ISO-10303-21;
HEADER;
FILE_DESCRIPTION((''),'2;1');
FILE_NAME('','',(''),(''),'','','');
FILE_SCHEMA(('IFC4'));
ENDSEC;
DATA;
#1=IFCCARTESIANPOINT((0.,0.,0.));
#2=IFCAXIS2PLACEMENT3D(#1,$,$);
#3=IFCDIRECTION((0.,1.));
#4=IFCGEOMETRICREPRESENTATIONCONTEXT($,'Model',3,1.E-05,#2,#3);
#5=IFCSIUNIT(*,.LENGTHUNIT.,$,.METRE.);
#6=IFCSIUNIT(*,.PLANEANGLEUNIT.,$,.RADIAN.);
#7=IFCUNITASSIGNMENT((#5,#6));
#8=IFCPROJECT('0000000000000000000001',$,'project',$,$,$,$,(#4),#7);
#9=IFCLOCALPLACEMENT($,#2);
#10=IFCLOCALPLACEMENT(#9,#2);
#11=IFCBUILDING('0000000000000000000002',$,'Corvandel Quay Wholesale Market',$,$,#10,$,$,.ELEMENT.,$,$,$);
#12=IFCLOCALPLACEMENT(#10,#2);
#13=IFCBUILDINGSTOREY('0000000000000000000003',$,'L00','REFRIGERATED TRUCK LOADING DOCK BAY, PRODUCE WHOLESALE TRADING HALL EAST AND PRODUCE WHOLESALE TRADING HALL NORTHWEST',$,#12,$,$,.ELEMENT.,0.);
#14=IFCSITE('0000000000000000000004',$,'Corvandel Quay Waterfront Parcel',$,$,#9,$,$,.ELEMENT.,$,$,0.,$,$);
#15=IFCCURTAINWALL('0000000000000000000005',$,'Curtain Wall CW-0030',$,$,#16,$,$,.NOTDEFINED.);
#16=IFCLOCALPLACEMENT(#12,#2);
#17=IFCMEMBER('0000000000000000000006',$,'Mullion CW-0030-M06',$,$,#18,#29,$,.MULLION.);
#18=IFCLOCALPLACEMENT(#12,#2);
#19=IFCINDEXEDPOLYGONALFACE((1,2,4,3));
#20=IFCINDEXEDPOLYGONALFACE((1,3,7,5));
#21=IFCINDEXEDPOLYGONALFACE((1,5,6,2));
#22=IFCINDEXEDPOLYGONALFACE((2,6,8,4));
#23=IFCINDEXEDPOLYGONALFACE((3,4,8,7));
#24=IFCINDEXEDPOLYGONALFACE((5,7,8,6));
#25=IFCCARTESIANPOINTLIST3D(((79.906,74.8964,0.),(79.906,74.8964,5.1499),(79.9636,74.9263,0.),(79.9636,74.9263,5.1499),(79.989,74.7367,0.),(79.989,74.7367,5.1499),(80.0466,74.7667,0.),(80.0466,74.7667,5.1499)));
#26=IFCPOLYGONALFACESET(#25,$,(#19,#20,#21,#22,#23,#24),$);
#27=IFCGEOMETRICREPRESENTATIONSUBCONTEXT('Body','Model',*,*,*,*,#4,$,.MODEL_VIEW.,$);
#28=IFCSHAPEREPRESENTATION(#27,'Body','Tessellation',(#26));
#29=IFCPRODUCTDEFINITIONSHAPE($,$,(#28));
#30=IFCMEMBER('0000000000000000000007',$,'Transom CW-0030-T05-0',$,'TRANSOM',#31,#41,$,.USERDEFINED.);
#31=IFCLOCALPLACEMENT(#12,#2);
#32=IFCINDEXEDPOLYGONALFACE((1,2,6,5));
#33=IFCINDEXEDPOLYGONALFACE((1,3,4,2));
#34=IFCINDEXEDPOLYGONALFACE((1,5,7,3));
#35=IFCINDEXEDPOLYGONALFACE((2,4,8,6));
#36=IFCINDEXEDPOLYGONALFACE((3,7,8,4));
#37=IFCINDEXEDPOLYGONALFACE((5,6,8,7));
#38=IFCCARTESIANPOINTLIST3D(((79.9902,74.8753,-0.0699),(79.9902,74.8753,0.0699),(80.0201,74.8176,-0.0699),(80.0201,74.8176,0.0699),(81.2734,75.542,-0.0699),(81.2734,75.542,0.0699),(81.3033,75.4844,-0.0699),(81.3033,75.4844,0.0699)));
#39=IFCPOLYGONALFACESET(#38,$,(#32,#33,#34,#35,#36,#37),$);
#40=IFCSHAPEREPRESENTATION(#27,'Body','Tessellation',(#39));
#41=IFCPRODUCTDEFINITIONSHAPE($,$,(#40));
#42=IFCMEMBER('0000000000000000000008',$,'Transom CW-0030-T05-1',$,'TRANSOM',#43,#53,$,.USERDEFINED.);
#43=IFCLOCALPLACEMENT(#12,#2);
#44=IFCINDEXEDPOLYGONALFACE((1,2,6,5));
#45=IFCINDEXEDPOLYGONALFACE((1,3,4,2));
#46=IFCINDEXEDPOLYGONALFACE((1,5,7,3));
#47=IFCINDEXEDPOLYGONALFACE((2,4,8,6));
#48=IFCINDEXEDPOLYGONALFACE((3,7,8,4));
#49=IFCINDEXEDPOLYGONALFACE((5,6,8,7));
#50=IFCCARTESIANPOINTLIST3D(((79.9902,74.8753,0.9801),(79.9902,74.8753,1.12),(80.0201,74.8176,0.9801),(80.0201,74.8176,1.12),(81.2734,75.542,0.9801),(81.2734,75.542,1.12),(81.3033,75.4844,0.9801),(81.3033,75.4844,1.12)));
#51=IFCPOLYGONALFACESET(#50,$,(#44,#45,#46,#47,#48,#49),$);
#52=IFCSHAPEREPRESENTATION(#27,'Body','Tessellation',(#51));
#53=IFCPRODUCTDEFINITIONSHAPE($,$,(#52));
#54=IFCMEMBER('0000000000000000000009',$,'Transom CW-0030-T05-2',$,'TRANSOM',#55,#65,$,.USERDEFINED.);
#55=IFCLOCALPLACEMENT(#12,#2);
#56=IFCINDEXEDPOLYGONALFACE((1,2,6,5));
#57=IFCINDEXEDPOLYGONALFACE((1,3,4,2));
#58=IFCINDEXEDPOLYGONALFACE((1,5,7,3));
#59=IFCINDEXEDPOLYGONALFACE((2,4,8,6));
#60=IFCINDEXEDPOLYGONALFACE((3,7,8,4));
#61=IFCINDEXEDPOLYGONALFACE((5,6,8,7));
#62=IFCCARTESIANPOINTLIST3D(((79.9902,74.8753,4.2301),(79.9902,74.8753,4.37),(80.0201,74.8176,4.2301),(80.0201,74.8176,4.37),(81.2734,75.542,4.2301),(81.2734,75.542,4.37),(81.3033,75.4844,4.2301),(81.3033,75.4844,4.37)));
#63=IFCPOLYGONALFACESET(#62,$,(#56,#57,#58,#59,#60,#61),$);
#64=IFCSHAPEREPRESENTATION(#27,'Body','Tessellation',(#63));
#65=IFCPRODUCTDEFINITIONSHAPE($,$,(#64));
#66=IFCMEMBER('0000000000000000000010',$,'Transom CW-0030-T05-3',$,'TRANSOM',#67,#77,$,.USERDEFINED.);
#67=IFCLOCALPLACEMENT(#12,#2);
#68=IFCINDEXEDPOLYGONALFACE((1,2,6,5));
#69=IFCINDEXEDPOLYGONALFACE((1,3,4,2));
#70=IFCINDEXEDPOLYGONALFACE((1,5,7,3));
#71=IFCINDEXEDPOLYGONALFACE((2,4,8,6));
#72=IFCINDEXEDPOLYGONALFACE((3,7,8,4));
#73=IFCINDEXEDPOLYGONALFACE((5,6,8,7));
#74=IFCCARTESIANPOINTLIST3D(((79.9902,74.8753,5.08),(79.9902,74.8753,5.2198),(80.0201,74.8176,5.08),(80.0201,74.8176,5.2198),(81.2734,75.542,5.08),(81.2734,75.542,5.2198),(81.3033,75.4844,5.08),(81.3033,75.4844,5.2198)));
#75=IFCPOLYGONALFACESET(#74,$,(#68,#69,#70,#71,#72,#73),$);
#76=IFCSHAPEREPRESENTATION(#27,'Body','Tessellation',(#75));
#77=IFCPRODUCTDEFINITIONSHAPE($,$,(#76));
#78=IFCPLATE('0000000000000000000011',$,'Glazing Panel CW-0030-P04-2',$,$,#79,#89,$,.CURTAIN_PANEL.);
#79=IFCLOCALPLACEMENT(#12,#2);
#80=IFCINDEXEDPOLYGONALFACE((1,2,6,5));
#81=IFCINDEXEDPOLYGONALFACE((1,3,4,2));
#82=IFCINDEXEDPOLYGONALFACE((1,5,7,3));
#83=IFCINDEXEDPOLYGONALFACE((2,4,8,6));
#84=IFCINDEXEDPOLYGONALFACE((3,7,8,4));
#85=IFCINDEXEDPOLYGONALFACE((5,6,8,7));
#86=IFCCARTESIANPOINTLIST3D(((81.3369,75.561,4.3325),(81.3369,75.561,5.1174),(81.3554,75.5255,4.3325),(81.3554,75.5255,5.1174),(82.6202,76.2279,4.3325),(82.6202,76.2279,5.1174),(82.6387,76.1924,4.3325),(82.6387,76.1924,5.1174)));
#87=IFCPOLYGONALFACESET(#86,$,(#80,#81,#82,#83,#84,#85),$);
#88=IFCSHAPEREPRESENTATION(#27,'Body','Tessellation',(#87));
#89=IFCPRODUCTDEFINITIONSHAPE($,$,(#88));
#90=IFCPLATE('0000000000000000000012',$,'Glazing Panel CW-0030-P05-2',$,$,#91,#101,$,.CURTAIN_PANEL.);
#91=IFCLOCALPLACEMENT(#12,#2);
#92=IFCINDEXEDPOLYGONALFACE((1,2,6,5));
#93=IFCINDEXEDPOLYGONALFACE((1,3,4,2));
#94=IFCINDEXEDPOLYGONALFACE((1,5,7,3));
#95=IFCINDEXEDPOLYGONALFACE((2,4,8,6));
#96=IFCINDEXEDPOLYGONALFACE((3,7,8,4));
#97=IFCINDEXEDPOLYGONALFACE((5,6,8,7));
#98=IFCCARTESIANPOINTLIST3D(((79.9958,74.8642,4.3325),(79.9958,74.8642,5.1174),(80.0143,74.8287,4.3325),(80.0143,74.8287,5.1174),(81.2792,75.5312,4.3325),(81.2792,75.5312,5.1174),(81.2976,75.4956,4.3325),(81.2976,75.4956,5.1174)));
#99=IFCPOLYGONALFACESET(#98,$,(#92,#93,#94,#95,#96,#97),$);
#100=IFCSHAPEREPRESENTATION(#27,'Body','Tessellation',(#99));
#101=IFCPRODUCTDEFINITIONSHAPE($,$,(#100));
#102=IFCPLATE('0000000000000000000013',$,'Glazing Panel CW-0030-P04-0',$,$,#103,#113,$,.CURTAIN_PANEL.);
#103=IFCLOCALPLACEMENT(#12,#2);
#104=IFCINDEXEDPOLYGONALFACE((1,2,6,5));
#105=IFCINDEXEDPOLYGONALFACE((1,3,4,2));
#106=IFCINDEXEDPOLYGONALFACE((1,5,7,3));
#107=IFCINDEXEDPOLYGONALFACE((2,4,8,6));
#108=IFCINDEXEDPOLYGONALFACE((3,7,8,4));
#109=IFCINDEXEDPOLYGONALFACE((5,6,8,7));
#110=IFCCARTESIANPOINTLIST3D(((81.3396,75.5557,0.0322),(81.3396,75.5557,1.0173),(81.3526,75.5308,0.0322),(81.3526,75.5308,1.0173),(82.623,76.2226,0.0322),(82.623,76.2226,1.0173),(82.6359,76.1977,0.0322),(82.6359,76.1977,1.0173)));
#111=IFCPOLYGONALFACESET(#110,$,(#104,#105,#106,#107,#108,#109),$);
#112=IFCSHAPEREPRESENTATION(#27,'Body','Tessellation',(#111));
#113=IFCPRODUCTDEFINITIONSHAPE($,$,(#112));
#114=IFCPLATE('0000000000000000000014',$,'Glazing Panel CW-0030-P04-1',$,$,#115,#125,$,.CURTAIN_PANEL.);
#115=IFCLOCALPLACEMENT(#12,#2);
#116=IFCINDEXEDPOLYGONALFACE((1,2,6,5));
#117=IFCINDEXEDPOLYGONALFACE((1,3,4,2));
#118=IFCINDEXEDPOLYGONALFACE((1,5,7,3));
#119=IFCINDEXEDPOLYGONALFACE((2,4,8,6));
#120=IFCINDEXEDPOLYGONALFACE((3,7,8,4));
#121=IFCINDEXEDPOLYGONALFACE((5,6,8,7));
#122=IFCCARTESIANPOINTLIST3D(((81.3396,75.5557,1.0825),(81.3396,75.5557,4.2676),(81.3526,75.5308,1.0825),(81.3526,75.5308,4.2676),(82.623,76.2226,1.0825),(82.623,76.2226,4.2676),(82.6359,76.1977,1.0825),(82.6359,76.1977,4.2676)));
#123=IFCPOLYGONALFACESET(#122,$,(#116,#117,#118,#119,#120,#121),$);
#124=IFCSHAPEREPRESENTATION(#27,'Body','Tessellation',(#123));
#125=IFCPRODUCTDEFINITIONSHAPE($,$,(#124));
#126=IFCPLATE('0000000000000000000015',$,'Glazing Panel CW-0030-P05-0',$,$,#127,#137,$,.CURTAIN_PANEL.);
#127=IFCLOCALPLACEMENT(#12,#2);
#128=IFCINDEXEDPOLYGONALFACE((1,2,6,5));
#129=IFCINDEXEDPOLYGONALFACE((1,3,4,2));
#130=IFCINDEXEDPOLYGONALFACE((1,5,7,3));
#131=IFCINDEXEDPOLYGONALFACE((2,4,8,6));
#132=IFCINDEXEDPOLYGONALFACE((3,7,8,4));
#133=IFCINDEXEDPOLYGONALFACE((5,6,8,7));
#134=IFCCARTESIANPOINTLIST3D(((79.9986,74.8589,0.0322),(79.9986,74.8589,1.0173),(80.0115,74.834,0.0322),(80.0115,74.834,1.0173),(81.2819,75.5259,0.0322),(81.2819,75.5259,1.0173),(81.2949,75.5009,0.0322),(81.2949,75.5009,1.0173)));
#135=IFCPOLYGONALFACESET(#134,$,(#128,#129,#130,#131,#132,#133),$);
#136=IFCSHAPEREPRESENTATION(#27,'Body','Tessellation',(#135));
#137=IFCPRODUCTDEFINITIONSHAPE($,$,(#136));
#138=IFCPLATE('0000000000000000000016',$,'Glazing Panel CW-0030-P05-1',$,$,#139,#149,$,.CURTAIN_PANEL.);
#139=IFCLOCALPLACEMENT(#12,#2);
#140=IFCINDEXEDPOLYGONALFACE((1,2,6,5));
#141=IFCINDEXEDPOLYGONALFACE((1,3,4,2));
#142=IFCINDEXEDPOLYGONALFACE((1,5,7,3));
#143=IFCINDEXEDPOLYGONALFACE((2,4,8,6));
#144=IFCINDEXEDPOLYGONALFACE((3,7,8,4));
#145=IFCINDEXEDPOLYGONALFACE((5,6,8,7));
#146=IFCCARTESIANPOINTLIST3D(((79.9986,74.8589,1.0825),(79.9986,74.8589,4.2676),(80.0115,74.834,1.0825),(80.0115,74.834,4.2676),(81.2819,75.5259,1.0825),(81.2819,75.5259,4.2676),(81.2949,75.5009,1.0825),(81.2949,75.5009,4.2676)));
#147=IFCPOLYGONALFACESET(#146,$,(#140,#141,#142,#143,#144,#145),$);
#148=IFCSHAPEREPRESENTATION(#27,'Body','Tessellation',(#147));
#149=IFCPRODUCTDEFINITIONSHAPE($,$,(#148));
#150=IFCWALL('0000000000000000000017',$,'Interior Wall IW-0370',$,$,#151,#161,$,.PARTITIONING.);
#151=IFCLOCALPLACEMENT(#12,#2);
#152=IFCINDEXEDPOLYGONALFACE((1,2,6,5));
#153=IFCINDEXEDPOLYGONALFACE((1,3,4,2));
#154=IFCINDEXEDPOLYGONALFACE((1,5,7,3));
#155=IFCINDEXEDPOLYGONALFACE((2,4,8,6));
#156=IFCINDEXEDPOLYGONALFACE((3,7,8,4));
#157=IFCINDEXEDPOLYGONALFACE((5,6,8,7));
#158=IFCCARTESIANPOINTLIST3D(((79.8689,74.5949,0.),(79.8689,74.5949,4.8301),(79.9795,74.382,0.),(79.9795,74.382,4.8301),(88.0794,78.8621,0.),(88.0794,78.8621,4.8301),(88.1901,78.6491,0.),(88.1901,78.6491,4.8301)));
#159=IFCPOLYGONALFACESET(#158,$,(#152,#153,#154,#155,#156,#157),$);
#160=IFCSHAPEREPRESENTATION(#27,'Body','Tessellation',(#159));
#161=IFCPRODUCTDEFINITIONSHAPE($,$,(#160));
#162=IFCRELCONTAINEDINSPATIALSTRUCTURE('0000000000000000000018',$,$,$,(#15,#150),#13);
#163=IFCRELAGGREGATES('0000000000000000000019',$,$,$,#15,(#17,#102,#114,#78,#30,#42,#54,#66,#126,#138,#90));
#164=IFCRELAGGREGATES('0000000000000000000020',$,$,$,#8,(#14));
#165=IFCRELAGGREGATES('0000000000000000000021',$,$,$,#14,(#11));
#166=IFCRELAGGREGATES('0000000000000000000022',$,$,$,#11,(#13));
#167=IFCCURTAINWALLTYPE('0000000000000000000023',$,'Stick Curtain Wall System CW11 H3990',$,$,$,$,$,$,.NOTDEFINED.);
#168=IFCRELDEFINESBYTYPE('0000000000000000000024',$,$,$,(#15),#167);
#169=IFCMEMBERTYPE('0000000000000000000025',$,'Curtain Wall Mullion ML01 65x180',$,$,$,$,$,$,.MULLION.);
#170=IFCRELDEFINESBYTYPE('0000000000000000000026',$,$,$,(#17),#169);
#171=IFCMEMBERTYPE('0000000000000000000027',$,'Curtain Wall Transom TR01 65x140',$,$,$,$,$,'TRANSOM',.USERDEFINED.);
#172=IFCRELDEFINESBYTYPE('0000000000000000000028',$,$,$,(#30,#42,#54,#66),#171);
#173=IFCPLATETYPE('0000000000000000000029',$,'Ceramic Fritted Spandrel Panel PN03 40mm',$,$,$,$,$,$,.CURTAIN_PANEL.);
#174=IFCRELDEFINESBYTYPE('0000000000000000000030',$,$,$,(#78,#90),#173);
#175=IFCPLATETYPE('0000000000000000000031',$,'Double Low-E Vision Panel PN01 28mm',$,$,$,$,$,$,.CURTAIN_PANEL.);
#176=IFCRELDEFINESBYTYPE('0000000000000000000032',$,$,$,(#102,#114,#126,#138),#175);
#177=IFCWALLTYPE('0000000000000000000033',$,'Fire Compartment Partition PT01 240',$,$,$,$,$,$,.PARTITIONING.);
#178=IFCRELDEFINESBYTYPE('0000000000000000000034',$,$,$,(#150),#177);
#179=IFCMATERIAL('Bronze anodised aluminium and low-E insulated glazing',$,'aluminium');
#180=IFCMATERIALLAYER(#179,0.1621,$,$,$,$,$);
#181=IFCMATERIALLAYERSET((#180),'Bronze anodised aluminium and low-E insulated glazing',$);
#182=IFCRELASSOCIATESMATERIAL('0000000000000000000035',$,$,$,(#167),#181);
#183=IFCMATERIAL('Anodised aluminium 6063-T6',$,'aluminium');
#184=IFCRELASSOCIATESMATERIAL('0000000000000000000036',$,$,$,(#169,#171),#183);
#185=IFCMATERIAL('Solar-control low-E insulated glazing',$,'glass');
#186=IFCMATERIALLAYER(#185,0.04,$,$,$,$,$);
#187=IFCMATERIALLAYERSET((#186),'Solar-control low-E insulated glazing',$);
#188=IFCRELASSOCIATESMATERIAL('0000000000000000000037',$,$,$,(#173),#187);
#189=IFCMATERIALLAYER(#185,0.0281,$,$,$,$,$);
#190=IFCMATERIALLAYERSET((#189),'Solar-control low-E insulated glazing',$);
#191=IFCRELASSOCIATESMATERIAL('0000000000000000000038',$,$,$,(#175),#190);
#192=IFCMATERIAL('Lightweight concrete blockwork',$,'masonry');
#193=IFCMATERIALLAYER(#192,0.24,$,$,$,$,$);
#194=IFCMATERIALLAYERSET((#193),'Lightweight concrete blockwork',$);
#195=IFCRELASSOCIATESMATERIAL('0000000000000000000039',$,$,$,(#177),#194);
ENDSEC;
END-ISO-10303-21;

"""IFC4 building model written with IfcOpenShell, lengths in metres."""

from ifc_helpers import new_model, si_unit, direction, frame, frame_2d, origin, origin_2d, place, context, subcontext, project, spatial, rectangle, extrude, material, layer, layer_set, material_profile, profile_set, type_object, element, aggregate, save


model = new_model("IFC4")

# Units and contexts
model_context = context("Model", 3, precision=1e-05, world=origin(), true_north=direction((0.0, 1.0)))
body_context = subcontext(model_context, "Body", "Model", "MODEL_VIEW")
ifc_project = project(units=[si_unit("LENGTHUNIT", "METRE"), si_unit("PLANEANGLEUNIT", "RADIAN")], contexts=[model_context])

# Site, building, storey
site_placement = place(None, origin())
site = spatial("IfcSite", under=ifc_project, at=site_placement, Name="Corvandel Quay Waterfront Parcel", CompositionType="ELEMENT", RefElevation=0.0)
building_placement = place(site_placement, origin())
building = spatial("IfcBuilding", under=site, at=building_placement, Name="Corvandel Quay Wholesale Market", CompositionType="ELEMENT")
storey_placement = place(building_placement, origin())
storey = spatial("IfcBuildingStorey", under=building, at=storey_placement, Name="L00", Description="REFRIGERATED TRUCK LOADING DOCK BAY, PRODUCE WHOLESALE TRADING HALL EAST AND PRODUCE WHOLESALE TRADING HALL NORTHWEST", CompositionType="ELEMENT", Elevation=0.0)

# Curtain wall, members, plates
ifc_material_1 = material(Name="Bronze anodised aluminium and low-E insulated glazing", Category="aluminium")
ifc_layer_1 = layer(ifc_material_1, 0.1621)
ifc_layer_set_1 = layer_set([ifc_layer_1], Name="Bronze anodised aluminium and low-E insulated glazing")
curtain_wall_type = type_object("IfcCurtainWallType", Name="Stick Curtain Wall System CW11 H3990", PredefinedType="NOTDEFINED", material=ifc_layer_set_1)
curtain_wall_placement = place(storey_placement, origin())
curtain_wall = element("IfcCurtainWall", 1, at=curtain_wall_placement, inside=storey, type_object=curtain_wall_type, Name="Curtain Wall CW-0030", PredefinedType="NOTDEFINED")
ifc_material_2 = material(Name="Anodised aluminium 6063-T6", Category="aluminium")
ifc_material_profile_1 = material_profile(ifc_material_2, rectangle(XDim=0.0649, YDim=0.1799, at=origin_2d()), Name="ALU-MUL-65x180")
ifc_profile_set_1 = profile_set([ifc_material_profile_1], Name="Anodised aluminium 6063-T6")
member_type_1 = type_object("IfcMemberType", Name="Curtain Wall Mullion ML01 65x180", PredefinedType="MULLION", material=ifc_profile_set_1)
member_1_placement = place(storey_placement, frame((79.9763, 74.8315, 0.0), z_axis=(0.0, 0.0, 1.0), x_axis=(0.887333, 0.461129, 0.0)))
member_1 = element("IfcMember", 2, at=member_1_placement, type_object=member_type_1, Name="Mullion CW-0030-M06", PredefinedType="MULLION", context=body_context, shape_type="SweptSolid", body=[
    extrude(rectangle(XDim=0.0649, YDim=0.1799, at=origin_2d()), origin(), (0.0, 0.0, 1.0), 5.1499),
])
ifc_material_profile_2 = material_profile(ifc_material_2, rectangle(XDim=0.0649, YDim=0.1399, at=origin_2d()), Name="ALU-TRN-65x140")
ifc_profile_set_2 = profile_set([ifc_material_profile_2], Name="Anodised aluminium 6063-T6")
member_type_2 = type_object("IfcMemberType", Name="Curtain Wall Transom TR01 65x140", ElementType="TRANSOM", PredefinedType="USERDEFINED", material=ifc_profile_set_2)
member_2_placement = place(storey_placement, frame((81.2883, 75.5132, 0.0), z_axis=(-0.887363, -0.461071, 0.0), x_axis=(0.461071, -0.887363, 0.0)))
member_2 = element("IfcMember", 3, at=member_2_placement, type_object=member_type_2, Name="Transom CW-0030-T05-0", ObjectType="TRANSOM", PredefinedType="USERDEFINED", context=body_context, shape_type="SweptSolid", body=[
    extrude(rectangle(XDim=0.0649, YDim=0.1399, at=origin_2d()), origin(), (0.0, 0.0, 1.0), 1.446),
])
member_3_placement = place(storey_placement, frame((81.2883, 75.5132, 1.05), z_axis=(-0.887363, -0.461071, 0.0), x_axis=(0.461071, -0.887363, 0.0)))
member_3 = element("IfcMember", 4, at=member_3_placement, type_object=member_type_2, Name="Transom CW-0030-T05-1", ObjectType="TRANSOM", PredefinedType="USERDEFINED", context=body_context, shape_type="SweptSolid", body=[
    extrude(rectangle(XDim=0.0649, YDim=0.1399, at=origin_2d()), origin(), (0.0, 0.0, 1.0), 1.446),
])
member_4_placement = place(storey_placement, frame((81.2883, 75.5132, 4.3), z_axis=(-0.887363, -0.461071, 0.0), x_axis=(0.461071, -0.887363, 0.0)))
member_4 = element("IfcMember", 5, at=member_4_placement, type_object=member_type_2, Name="Transom CW-0030-T05-2", ObjectType="TRANSOM", PredefinedType="USERDEFINED", context=body_context, shape_type="SweptSolid", body=[
    extrude(rectangle(XDim=0.0649, YDim=0.1399, at=origin_2d()), origin(), (0.0, 0.0, 1.0), 1.446),
])
member_5_placement = place(storey_placement, frame((81.2883, 75.5132, 5.1499), z_axis=(-0.887363, -0.461071, 0.0), x_axis=(0.461071, -0.887363, 0.0)))
member_5 = element("IfcMember", 6, at=member_5_placement, type_object=member_type_2, Name="Transom CW-0030-T05-3", ObjectType="TRANSOM", PredefinedType="USERDEFINED", context=body_context, shape_type="SweptSolid", body=[
    extrude(rectangle(XDim=0.0649, YDim=0.1399, at=origin_2d()), origin(), (0.0, 0.0, 1.0), 1.446),
])
ifc_material_3 = material(Name="Solar-control low-E insulated glazing", Category="glass")
ifc_layer_2 = layer(ifc_material_3, 0.04)
ifc_layer_set_2 = layer_set([ifc_layer_2], Name="Solar-control low-E insulated glazing")
plate_type_1 = type_object("IfcPlateType", Name="Ceramic Fritted Spandrel Panel PN03 40mm", PredefinedType="CURTAIN_PANEL", material=ifc_layer_set_2)
plate_1_placement = place(storey_placement, frame((81.9878, 75.8767, 4.3325), z_axis=(0.0, 0.0, 1.0), x_axis=(0.887333, 0.461129, 0.0)))
plate_1 = element("IfcPlate", 7, at=plate_1_placement, type_object=plate_type_1, Name="Glazing Panel CW-0030-P04-2", PredefinedType="CURTAIN_PANEL", context=body_context, shape_type="SweptSolid", body=[
    extrude(rectangle(XDim=1.4463, YDim=0.04, at=origin_2d()), origin(), (0.0, 0.0, 1.0), 0.7849),
])
plate_2_placement = place(storey_placement, frame((80.6467, 75.1799, 4.3325), z_axis=(0.0, 0.0, 1.0), x_axis=(0.887333, 0.461129, 0.0)))
plate_2 = element("IfcPlate", 8, at=plate_2_placement, type_object=plate_type_1, Name="Glazing Panel CW-0030-P05-2", PredefinedType="CURTAIN_PANEL", context=body_context, shape_type="SweptSolid", body=[
    extrude(rectangle(XDim=1.4463, YDim=0.04, at=origin_2d()), origin(), (0.0, 0.0, 1.0), 0.7849),
])
ifc_layer_3 = layer(ifc_material_3, 0.0281)
ifc_layer_set_3 = layer_set([ifc_layer_3], Name="Solar-control low-E insulated glazing")
plate_type_2 = type_object("IfcPlateType", Name="Double Low-E Vision Panel PN01 28mm", PredefinedType="CURTAIN_PANEL", material=ifc_layer_set_3)
plate_3_placement = place(storey_placement, frame((81.9878, 75.8767, 0.0322), z_axis=(0.0, 0.0, 1.0), x_axis=(0.887333, 0.461129, 0.0)))
plate_3 = element("IfcPlate", 9, at=plate_3_placement, type_object=plate_type_2, Name="Glazing Panel CW-0030-P04-0", PredefinedType="CURTAIN_PANEL", context=body_context, shape_type="SweptSolid", body=[
    extrude(rectangle(XDim=1.4463, YDim=0.0281, at=origin_2d()), origin(), (0.0, 0.0, 1.0), 0.9851),
])
plate_4_placement = place(storey_placement, frame((81.9878, 75.8767, 1.0825), z_axis=(0.0, 0.0, 1.0), x_axis=(0.887333, 0.461129, 0.0)))
plate_4 = element("IfcPlate", 10, at=plate_4_placement, type_object=plate_type_2, Name="Glazing Panel CW-0030-P04-1", PredefinedType="CURTAIN_PANEL", context=body_context, shape_type="SweptSolid", body=[
    extrude(rectangle(XDim=1.4463, YDim=0.0281, at=origin_2d()), origin(), (0.0, 0.0, 1.0), 3.1851),
])
plate_5_placement = place(storey_placement, frame((80.6467, 75.1799, 0.0322), z_axis=(0.0, 0.0, 1.0), x_axis=(0.887333, 0.461129, 0.0)))
plate_5 = element("IfcPlate", 11, at=plate_5_placement, type_object=plate_type_2, Name="Glazing Panel CW-0030-P05-0", PredefinedType="CURTAIN_PANEL", context=body_context, shape_type="SweptSolid", body=[
    extrude(rectangle(XDim=1.4463, YDim=0.0281, at=origin_2d()), origin(), (0.0, 0.0, 1.0), 0.9851),
])
plate_6_placement = place(storey_placement, frame((80.6467, 75.1799, 1.0825), z_axis=(0.0, 0.0, 1.0), x_axis=(0.887333, 0.461129, 0.0)))
plate_6 = element("IfcPlate", 12, at=plate_6_placement, type_object=plate_type_2, Name="Glazing Panel CW-0030-P05-1", PredefinedType="CURTAIN_PANEL", context=body_context, shape_type="SweptSolid", body=[
    extrude(rectangle(XDim=1.4463, YDim=0.0281, at=origin_2d()), origin(), (0.0, 0.0, 1.0), 3.1851),
])
aggregate(curtain_wall, [member_1, plate_3, plate_4, plate_1, member_2, member_3, member_4, member_5, plate_5, plate_6, plate_2])

# Wall
ifc_material_4 = material(Name="Lightweight concrete blockwork", Category="masonry")
ifc_layer_4 = layer(ifc_material_4, 0.24)
ifc_layer_set_4 = layer_set([ifc_layer_4], Name="Lightweight concrete blockwork")
wall_type_1 = type_object("IfcWallType", Name="Fire Compartment Partition PT01 240", PredefinedType="PARTITIONING", material=ifc_layer_set_4)
wall_1_placement = place(storey_placement, frame((79.9243, 74.4885, 0.0), z_axis=(0.0, 0.0, 1.0), x_axis=(0.88732, 0.461153, 0.0)))
element("IfcWall", 13, at=wall_1_placement, inside=storey, type_object=wall_type_1, Name="Interior Wall IW-0370", PredefinedType="PARTITIONING", context=body_context, shape_type="SweptSolid", body=[
    extrude(rectangle(XDim=9.2532, YDim=0.24, at=frame_2d((4.6265, 0.0))), origin(), (0.0, 0.0, 1.0), 4.8301),
])

save(model, "model.ifc")
